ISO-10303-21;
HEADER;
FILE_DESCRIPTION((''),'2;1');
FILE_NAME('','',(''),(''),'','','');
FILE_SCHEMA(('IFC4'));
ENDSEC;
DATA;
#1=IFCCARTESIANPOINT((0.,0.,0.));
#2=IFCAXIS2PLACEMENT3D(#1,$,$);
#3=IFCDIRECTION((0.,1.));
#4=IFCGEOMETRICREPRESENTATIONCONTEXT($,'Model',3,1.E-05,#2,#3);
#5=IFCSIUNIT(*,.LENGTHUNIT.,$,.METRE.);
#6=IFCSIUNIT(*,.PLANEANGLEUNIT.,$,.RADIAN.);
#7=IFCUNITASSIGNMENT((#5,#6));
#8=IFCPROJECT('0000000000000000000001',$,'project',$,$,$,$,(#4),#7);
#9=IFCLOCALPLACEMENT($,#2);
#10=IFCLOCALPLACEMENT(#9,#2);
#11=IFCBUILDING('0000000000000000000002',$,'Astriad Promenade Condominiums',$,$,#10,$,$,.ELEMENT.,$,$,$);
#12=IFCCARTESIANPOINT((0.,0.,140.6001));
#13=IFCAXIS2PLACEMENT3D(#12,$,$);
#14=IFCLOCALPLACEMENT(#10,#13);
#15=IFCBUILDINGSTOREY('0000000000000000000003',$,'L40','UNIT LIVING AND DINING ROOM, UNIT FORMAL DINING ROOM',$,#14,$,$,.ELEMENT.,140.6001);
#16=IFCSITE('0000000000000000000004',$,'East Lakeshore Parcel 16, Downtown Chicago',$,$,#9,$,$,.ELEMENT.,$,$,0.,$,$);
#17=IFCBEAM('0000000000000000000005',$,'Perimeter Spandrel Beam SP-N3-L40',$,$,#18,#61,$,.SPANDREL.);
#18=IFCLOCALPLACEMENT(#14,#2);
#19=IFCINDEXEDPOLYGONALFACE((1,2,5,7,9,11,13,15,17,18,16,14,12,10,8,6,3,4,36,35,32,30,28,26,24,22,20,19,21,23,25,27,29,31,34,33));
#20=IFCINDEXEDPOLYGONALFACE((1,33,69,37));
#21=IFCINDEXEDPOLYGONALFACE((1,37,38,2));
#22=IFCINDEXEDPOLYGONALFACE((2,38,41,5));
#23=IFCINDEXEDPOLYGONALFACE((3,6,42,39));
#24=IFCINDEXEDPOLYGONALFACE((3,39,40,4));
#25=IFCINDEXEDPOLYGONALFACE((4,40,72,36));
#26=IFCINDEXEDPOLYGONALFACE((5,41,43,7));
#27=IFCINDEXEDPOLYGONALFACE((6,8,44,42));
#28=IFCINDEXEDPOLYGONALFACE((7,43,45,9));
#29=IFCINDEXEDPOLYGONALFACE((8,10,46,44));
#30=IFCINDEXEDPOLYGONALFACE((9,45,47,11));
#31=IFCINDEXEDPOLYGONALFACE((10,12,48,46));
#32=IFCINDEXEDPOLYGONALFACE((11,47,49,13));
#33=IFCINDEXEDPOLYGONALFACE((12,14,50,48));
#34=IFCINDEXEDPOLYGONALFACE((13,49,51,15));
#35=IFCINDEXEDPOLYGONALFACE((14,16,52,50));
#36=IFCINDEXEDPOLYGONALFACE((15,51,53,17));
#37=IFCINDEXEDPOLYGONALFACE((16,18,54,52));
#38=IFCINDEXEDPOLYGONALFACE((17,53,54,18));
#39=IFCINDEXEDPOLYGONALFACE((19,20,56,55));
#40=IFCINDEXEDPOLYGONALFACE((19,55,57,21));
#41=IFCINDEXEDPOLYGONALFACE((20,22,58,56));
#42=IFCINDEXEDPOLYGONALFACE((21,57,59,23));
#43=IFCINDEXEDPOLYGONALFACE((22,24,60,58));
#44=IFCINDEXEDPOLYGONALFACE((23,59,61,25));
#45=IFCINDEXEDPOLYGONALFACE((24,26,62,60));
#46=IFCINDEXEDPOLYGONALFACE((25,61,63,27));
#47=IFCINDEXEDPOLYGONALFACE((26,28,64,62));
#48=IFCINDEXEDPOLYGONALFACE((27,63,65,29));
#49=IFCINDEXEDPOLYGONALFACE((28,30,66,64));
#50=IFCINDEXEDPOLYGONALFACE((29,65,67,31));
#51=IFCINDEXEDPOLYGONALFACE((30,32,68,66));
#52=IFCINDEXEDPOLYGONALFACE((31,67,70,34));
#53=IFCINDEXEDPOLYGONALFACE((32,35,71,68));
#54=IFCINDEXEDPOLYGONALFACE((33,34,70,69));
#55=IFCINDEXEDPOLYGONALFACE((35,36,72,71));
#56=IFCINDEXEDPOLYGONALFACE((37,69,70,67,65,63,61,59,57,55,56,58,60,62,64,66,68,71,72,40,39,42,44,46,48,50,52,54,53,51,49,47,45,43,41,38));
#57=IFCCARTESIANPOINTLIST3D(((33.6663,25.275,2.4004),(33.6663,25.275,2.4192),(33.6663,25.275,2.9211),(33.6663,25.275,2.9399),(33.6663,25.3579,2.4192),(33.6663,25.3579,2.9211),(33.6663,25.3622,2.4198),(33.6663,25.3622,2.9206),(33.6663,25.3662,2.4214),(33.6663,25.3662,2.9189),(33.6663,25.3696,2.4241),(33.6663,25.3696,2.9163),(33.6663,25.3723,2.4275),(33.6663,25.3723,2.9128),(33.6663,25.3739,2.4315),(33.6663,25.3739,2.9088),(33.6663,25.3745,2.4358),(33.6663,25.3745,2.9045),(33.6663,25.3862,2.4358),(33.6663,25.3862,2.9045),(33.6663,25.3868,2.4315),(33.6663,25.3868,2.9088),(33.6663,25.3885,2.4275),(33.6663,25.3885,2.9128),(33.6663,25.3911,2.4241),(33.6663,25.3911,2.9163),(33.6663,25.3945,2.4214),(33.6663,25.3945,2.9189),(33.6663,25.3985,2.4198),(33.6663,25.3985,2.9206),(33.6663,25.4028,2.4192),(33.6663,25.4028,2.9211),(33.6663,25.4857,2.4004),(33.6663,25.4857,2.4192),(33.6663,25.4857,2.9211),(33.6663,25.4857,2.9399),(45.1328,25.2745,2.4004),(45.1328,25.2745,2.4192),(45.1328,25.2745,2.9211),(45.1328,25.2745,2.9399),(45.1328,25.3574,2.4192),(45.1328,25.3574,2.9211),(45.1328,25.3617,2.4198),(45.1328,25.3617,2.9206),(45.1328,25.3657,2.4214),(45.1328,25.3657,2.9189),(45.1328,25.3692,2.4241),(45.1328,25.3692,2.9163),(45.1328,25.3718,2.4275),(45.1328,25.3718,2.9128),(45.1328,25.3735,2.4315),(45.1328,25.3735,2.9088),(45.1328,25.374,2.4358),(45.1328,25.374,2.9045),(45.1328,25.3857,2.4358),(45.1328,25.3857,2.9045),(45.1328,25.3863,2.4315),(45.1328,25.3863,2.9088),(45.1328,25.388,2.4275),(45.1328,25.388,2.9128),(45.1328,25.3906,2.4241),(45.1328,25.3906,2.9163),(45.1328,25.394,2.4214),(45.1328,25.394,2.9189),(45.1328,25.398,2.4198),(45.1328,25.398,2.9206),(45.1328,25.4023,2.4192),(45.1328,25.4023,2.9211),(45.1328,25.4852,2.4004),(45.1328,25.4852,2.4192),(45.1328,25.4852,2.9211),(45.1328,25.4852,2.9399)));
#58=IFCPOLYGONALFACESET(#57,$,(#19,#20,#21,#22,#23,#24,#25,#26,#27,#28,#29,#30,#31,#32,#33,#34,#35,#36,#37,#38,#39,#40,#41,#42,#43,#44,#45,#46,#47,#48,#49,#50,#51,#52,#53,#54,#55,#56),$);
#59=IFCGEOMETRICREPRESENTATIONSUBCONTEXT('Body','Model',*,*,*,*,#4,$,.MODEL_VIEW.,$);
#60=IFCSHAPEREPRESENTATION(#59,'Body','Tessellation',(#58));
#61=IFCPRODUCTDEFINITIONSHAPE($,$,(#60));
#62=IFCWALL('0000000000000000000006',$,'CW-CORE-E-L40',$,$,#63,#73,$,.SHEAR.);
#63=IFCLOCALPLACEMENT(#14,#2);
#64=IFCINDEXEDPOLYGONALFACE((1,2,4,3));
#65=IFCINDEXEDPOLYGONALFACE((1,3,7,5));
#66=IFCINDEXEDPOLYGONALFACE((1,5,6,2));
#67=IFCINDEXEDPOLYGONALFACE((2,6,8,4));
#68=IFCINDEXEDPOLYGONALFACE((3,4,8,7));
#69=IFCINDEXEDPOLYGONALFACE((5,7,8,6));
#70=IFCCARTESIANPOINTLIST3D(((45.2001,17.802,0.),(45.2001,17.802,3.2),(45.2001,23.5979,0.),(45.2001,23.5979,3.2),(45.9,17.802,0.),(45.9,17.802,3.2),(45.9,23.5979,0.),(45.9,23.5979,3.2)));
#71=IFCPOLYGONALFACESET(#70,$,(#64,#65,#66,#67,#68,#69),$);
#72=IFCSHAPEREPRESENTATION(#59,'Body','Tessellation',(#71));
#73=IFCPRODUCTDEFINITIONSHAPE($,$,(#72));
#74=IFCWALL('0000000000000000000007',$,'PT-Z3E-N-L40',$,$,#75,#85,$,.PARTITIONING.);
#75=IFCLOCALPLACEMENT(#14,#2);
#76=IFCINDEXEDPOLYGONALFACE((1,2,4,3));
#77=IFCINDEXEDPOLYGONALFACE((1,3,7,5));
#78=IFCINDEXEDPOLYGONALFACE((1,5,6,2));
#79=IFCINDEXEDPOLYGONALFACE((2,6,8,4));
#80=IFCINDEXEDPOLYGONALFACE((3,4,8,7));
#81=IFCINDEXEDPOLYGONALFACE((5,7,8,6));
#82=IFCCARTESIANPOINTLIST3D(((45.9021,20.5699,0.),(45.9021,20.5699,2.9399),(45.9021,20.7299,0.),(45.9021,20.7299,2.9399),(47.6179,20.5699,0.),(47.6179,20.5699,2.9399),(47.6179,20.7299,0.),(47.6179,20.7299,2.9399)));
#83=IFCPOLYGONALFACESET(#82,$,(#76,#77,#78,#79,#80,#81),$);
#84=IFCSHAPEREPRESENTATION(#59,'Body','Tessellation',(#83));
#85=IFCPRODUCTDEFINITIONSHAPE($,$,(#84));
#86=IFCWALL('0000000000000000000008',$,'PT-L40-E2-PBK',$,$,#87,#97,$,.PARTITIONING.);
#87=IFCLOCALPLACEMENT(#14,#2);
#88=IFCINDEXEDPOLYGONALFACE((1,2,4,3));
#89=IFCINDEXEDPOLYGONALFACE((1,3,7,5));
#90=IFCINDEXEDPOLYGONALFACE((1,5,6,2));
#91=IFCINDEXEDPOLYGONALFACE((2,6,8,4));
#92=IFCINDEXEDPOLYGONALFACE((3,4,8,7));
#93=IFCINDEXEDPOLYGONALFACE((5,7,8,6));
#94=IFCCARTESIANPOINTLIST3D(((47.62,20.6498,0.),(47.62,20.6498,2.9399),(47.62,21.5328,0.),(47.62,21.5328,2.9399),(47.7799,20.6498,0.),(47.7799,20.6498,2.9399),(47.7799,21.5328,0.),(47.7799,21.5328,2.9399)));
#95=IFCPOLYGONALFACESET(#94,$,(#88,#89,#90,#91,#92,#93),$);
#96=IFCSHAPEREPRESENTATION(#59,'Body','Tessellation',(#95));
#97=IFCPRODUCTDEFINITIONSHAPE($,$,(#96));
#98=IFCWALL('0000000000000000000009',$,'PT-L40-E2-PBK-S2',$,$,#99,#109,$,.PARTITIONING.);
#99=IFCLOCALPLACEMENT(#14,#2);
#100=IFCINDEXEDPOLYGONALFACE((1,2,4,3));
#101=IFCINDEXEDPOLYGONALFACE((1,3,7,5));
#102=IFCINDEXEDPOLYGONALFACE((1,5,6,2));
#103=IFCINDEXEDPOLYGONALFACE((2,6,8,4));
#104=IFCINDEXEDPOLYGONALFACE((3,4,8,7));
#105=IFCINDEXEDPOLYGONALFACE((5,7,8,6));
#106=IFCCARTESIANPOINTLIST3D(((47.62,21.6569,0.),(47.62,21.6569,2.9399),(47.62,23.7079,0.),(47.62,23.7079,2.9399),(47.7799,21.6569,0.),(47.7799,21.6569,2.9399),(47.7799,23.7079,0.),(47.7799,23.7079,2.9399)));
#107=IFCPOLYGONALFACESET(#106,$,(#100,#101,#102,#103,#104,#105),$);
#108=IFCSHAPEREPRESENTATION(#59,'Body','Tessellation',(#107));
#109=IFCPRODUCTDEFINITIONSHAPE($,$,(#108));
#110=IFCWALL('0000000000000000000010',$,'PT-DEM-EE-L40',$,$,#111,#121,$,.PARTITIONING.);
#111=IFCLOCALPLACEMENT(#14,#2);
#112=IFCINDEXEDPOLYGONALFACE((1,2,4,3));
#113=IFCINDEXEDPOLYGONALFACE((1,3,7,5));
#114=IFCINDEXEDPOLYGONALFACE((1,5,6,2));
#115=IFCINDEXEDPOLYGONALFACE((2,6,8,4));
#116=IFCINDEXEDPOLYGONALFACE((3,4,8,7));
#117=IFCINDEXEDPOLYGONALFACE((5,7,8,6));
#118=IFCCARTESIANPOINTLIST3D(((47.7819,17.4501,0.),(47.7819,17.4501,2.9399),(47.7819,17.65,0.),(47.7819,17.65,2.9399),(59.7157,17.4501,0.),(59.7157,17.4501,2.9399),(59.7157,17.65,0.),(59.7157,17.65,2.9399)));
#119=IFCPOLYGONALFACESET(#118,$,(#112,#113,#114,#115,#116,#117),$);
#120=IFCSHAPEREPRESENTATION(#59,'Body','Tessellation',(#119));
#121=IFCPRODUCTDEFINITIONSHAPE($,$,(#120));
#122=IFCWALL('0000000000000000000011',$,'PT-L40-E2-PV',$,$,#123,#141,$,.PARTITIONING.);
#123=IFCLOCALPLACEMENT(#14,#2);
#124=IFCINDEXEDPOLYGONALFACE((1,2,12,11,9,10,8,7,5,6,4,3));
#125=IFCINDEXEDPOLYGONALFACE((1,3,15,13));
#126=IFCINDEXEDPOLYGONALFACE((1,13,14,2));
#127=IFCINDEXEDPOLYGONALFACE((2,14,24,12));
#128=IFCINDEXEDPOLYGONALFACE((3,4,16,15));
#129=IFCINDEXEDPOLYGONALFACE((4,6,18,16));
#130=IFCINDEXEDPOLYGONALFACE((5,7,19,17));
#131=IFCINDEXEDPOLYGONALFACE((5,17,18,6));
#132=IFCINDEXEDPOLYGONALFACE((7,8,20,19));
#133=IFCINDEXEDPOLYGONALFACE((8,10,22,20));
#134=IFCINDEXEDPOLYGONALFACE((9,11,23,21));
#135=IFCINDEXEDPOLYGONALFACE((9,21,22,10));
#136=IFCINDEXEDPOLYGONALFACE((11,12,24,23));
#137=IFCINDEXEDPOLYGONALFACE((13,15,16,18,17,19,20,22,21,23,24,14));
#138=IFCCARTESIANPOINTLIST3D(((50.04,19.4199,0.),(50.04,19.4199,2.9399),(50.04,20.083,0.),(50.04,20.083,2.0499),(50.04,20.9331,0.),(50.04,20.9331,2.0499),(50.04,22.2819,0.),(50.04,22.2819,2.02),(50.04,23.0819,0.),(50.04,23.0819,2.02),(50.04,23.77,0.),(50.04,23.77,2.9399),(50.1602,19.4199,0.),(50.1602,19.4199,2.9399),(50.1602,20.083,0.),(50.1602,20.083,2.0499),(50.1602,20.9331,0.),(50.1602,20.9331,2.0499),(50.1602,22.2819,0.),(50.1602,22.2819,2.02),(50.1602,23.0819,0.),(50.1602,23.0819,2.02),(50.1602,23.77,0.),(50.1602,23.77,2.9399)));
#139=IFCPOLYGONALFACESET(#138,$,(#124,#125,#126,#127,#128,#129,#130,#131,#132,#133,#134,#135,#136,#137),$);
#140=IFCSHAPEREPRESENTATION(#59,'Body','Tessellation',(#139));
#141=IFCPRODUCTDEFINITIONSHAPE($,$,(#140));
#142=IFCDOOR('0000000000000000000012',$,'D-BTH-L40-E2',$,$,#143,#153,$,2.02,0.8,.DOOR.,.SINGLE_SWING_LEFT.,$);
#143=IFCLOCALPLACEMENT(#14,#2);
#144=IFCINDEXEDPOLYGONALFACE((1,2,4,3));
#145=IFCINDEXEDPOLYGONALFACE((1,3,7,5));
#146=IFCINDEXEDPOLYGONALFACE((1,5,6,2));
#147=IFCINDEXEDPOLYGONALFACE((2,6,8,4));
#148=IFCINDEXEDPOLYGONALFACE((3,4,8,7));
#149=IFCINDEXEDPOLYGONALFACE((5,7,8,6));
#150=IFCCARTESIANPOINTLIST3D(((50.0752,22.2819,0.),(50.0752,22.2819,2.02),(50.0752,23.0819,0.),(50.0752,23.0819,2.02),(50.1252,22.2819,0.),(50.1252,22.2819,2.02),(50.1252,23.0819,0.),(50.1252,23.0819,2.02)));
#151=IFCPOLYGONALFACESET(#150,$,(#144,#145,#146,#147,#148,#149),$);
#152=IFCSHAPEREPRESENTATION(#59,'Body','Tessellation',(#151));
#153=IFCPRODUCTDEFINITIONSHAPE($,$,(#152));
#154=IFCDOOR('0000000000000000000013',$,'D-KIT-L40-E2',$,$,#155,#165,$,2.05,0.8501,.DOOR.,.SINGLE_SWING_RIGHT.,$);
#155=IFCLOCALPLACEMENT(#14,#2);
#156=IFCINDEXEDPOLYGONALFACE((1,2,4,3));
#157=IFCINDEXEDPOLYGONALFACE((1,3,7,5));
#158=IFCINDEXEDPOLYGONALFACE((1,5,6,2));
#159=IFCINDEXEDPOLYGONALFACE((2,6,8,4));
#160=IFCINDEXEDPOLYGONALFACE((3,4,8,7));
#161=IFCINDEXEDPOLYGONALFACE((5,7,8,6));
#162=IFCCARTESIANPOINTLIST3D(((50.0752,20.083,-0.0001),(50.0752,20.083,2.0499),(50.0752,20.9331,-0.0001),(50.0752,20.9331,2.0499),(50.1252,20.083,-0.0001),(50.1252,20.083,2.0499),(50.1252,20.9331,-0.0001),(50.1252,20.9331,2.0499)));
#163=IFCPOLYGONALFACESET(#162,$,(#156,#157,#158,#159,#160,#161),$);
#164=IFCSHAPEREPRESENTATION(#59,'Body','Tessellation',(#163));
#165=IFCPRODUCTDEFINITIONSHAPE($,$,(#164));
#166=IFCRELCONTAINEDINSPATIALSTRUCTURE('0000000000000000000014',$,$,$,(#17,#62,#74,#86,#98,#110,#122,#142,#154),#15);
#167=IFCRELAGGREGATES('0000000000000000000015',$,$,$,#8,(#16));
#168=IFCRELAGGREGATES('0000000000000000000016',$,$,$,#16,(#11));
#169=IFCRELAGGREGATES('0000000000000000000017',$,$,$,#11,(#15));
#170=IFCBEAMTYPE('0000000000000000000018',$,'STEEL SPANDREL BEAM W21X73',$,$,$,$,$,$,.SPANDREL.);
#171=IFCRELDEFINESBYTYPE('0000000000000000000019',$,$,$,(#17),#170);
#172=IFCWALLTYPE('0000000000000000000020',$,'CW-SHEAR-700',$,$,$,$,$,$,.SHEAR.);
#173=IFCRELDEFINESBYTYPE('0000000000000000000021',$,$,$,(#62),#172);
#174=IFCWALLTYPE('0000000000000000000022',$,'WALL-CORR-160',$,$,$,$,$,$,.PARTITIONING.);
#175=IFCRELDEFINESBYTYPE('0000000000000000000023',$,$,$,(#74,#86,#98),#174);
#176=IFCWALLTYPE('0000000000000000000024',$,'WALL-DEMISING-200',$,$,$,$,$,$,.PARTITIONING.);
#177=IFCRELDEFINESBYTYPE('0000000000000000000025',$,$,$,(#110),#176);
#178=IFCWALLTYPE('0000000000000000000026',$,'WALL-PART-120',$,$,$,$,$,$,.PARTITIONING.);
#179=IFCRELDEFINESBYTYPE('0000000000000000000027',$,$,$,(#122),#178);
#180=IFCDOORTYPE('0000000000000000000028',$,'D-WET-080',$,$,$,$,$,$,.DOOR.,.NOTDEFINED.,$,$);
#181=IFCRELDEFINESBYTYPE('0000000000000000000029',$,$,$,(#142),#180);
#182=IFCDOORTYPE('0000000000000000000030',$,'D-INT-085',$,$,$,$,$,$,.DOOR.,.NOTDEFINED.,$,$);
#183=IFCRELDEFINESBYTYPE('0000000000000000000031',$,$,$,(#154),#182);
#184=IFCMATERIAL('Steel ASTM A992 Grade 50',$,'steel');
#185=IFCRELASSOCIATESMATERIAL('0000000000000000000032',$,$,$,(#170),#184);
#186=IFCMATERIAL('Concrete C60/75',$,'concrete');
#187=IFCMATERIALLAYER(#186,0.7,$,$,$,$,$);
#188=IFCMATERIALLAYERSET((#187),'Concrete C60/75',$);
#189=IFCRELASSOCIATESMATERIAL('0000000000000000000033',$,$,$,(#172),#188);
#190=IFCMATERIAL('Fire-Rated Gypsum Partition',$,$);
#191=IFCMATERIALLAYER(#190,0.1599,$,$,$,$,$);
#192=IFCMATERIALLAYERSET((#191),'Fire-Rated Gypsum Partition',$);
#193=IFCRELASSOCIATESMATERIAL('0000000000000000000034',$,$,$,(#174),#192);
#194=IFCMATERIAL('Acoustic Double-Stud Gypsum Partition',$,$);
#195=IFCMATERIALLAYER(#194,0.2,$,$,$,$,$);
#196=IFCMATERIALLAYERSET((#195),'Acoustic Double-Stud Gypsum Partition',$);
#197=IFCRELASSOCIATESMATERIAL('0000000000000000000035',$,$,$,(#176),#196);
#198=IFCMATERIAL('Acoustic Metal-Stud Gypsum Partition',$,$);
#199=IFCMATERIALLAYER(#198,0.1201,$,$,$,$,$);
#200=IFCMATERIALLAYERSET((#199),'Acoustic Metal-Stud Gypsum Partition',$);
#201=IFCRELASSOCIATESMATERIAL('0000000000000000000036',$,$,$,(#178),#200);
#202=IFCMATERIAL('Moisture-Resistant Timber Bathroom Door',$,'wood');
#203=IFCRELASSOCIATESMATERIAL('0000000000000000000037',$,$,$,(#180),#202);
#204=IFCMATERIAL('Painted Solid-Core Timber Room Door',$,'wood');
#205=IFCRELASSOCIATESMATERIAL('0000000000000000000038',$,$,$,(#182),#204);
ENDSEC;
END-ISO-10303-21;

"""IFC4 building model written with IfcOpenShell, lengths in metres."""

from ifc_helpers import new_model, si_unit, direction, frame, frame_2d, origin, origin_2d, place, context, subcontext, project, spatial, rectangle, i_section, extrude, source, transform, mapped, material, layer, layer_set, material_profile, profile_set, type_object, type_shapes, element, fill, save


model = new_model("IFC4")

# Units and contexts
model_context = context("Model", 3, precision=1e-05, world=origin(), true_north=direction((0.0, 1.0)))
body_context = subcontext(model_context, "Body", "Model", "MODEL_VIEW")
ifc_project = project(units=[si_unit("LENGTHUNIT", "METRE"), si_unit("PLANEANGLEUNIT", "RADIAN")], contexts=[model_context])

# Site, building, storey
site_placement = place(None, origin())
site = spatial("IfcSite", under=ifc_project, at=site_placement, Name="East Lakeshore Parcel 16, Downtown Chicago", CompositionType="ELEMENT", RefElevation=0.0)
building_placement = place(site_placement, origin())
building = spatial("IfcBuilding", under=site, at=building_placement, Name="Astriad Promenade Condominiums", CompositionType="ELEMENT")
storey_placement = place(building_placement, frame((0.0, 0.0, 140.6001)))
storey = spatial("IfcBuildingStorey", under=building, at=storey_placement, Name="L40", Description="UNIT LIVING AND DINING ROOM, UNIT FORMAL DINING ROOM", CompositionType="ELEMENT", Elevation=140.6001)

# Shared definitions
ifc_material_1 = material(Name="Steel ASTM A992 Grade 50", Category="steel")
ifc_material_2 = material(Name="Concrete C60/75", Category="concrete")

# Beam
ifc_material_profile_1 = material_profile(ifc_material_1, i_section(OverallWidth=0.2107, OverallDepth=0.5396, WebThickness=0.0117, FlangeThickness=0.0188, FilletRadius=0.0166, at=origin_2d()), Name="W21X73")
ifc_profile_set_1 = profile_set([ifc_material_profile_1], Name="Steel ASTM A992 Grade 50")
beam_type_1 = type_object("IfcBeamType", Name="STEEL SPANDREL BEAM W21X73", PredefinedType="SPANDREL", material=ifc_profile_set_1)
shared_shape_1 = source(origin(), body_context, "Body", "SweptSolid", [
    extrude(i_section(OverallWidth=0.2107, OverallDepth=0.5396, WebThickness=0.0117, FlangeThickness=0.0188, FilletRadius=0.0166, at=origin_2d()), origin(), (0.0, 0.0, 1.0), 11.4666),
])
type_shapes(beam_type_1, [shared_shape_1])
beam_1_placement = place(storey_placement, frame((45.1328, 25.3799, 2.6702), z_axis=(-1.0, 0.000043, 0.0), x_axis=(-0.000043, -1.0, 0.0)))
element("IfcBeam", 1, at=beam_1_placement, inside=storey, type_object=beam_type_1, Name="Perimeter Spandrel Beam SP-N3-L40", PredefinedType="SPANDREL", context=body_context, shape_type="MappedRepresentation", body=[
    mapped(shared_shape_1, transform((0.0, 0.0, 0.0), scale=1.0)),
])

# Walls
ifc_layer_1 = layer(ifc_material_2, 0.7)
ifc_layer_set_1 = layer_set([ifc_layer_1], Name="Concrete C60/75")
wall_type_1 = type_object("IfcWallType", Name="CW-SHEAR-700", PredefinedType="SHEAR", material=ifc_layer_set_1)
wall_1_placement = place(storey_placement, frame((45.55, 17.802, 0.0), z_axis=(0.0, 0.0, 1.0), x_axis=(0.0, 1.0, 0.0)))
element("IfcWall", 2, at=wall_1_placement, inside=storey, type_object=wall_type_1, Name="CW-CORE-E-L40", PredefinedType="SHEAR", context=body_context, shape_type="SweptSolid", body=[
    extrude(rectangle(XDim=5.7959, YDim=0.7, at=frame_2d((2.8979, 0.0))), origin(), (0.0, 0.0, 1.0), 3.2),
])
ifc_material_3 = material(Name="Fire-Rated Gypsum Partition")
ifc_layer_2 = layer(ifc_material_3, 0.1599)
ifc_layer_set_2 = layer_set([ifc_layer_2], Name="Fire-Rated Gypsum Partition")
wall_type_2 = type_object("IfcWallType", Name="WALL-CORR-160", PredefinedType="PARTITIONING", material=ifc_layer_set_2)
wall_2_placement = place(storey_placement, frame((45.9021, 20.6499, 0.0), z_axis=(0.0, 0.0, 1.0), x_axis=(1.0, 0.0, 0.0)))
element("IfcWall", 3, at=wall_2_placement, inside=storey, type_object=wall_type_2, Name="PT-Z3E-N-L40", PredefinedType="PARTITIONING", context=body_context, shape_type="SweptSolid", body=[
    extrude(rectangle(XDim=1.7158, YDim=0.1599, at=frame_2d((0.8579, 0.0))), origin(), (0.0, 0.0, 1.0), 2.9399),
])
wall_3_placement = place(storey_placement, frame((47.7, 20.6499, 0.0), z_axis=(0.0, 0.0, 1.0), x_axis=(0.0, 1.0, 0.0)))
element("IfcWall", 4, at=wall_3_placement, inside=storey, type_object=wall_type_2, Name="PT-L40-E2-PBK", PredefinedType="PARTITIONING", context=body_context, shape_type="SweptSolid", body=[
    extrude(rectangle(XDim=0.8831, YDim=0.1599, at=frame_2d((0.4414, 0.0))), origin(), (0.0, 0.0, 1.0), 2.9399),
])
wall_4_placement = place(storey_placement, frame((47.7, 21.657, 0.0), z_axis=(0.0, 0.0, 1.0), x_axis=(0.0, 1.0, 0.0)))
element("IfcWall", 5, at=wall_4_placement, inside=storey, type_object=wall_type_2, Name="PT-L40-E2-PBK-S2", PredefinedType="PARTITIONING", context=body_context, shape_type="SweptSolid", body=[
    extrude(rectangle(XDim=2.051, YDim=0.1599, at=frame_2d((1.0254, 0.0))), origin(), (0.0, 0.0, 1.0), 2.9399),
])
ifc_material_4 = material(Name="Acoustic Double-Stud Gypsum Partition")
ifc_layer_3 = layer(ifc_material_4, 0.2)
ifc_layer_set_3 = layer_set([ifc_layer_3], Name="Acoustic Double-Stud Gypsum Partition")
wall_type_3 = type_object("IfcWallType", Name="WALL-DEMISING-200", PredefinedType="PARTITIONING", material=ifc_layer_set_3)
wall_5_placement = place(storey_placement, frame((47.782, 17.55, 0.0), z_axis=(0.0, 0.0, 1.0), x_axis=(1.0, 0.0, 0.0)))
element("IfcWall", 6, at=wall_5_placement, inside=storey, type_object=wall_type_3, Name="PT-DEM-EE-L40", PredefinedType="PARTITIONING", context=body_context, shape_type="SweptSolid", body=[
    extrude(rectangle(XDim=11.9338, YDim=0.2, at=frame_2d((5.9668, 0.0))), origin(), (0.0, 0.0, 1.0), 2.9399),
])

# Wall, openings, doors
ifc_material_5 = material(Name="Acoustic Metal-Stud Gypsum Partition")
ifc_layer_4 = layer(ifc_material_5, 0.1201)
ifc_layer_set_4 = layer_set([ifc_layer_4], Name="Acoustic Metal-Stud Gypsum Partition")
wall_type_4 = type_object("IfcWallType", Name="WALL-PART-120", PredefinedType="PARTITIONING", material=ifc_layer_set_4)
wall_6_placement = place(storey_placement, frame((50.1001, 19.4199, 0.0), z_axis=(0.0, 0.0, 1.0), x_axis=(0.0, 1.0, 0.0)))
wall_6 = element("IfcWall", 7, at=wall_6_placement, inside=storey, type_object=wall_type_4, Name="PT-L40-E2-PV", PredefinedType="PARTITIONING", context=body_context, shape_type="SweptSolid", body=[
    extrude(rectangle(XDim=4.3501, YDim=0.1201, at=frame_2d((2.175, 0.0))), origin(), (0.0, 0.0, 1.0), 2.9399),
])
opening_1_placement = place(wall_6_placement, frame((0.6631, 0.0, 0.0)))
opening_1 = element("IfcOpeningElement", 8, at=opening_1_placement, cuts=wall_6, PredefinedType="OPENING", context=body_context, shape_type="SweptSolid", body=[
    extrude(rectangle(XDim=0.8501, YDim=2.05, at=frame_2d((0.425, 1.0249))), frame((0.0, 0.0701, 0.0), z_axis=(0.0, -1.0, 0.0), x_axis=(1.0, 0.0, 0.0)), (0.0, 0.0, 1.0), 0.1401),
])
opening_2_placement = place(wall_6_placement, frame((2.8621, 0.0, 0.0)))
opening_2 = element("IfcOpeningElement", 9, at=opening_2_placement, cuts=wall_6, PredefinedType="OPENING", context=body_context, shape_type="SweptSolid", body=[
    extrude(rectangle(XDim=0.8, YDim=2.02, at=frame_2d((0.3999, 1.01))), frame((0.0, 0.0701, 0.0), z_axis=(0.0, -1.0, 0.0), x_axis=(1.0, 0.0, 0.0)), (0.0, 0.0, 1.0), 0.1401),
])
ifc_material_6 = material(Name="Moisture-Resistant Timber Bathroom Door", Category="wood")
door_type_1 = type_object("IfcDoorType", Name="D-WET-080", OperationType="NOTDEFINED", PredefinedType="DOOR", material=ifc_material_6)
shared_shape_2 = source(origin(), body_context, "Body", "SweptSolid", [
    extrude(rectangle(XDim=0.8, YDim=2.02, at=frame_2d((0.3999, 1.01))), frame((0.0, 0.0249, 0.0), z_axis=(0.0, -1.0, 0.0), x_axis=(1.0, 0.0, 0.0)), (0.0, 0.0, 1.0), 0.05),
])
type_shapes(door_type_1, [shared_shape_2])
door_1_placement = place(opening_2_placement, origin())
door_1 = element("IfcDoor", 10, at=door_1_placement, inside=storey, type_object=door_type_1, Name="D-BTH-L40-E2", OperationType="SINGLE_SWING_LEFT", OverallHeight=2.02, OverallWidth=0.8, PredefinedType="DOOR", context=body_context, shape_type="MappedRepresentation", body=[
    mapped(shared_shape_2, transform((0.0, 0.0, 0.0), scale=1.0)),
])
fill(opening_2, door_1)
ifc_material_7 = material(Name="Painted Solid-Core Timber Room Door", Category="wood")
door_type_2 = type_object("IfcDoorType", Name="D-INT-085", OperationType="NOTDEFINED", PredefinedType="DOOR", material=ifc_material_7)
shared_shape_3 = source(origin(), body_context, "Body", "SweptSolid", [
    extrude(rectangle(XDim=0.8501, YDim=2.05, at=frame_2d((0.425, 1.0249))), frame((0.0, 0.0249, 0.0), z_axis=(0.0, -1.0, 0.0), x_axis=(1.0, 0.0, 0.0)), (0.0, 0.0, 1.0), 0.05),
])
type_shapes(door_type_2, [shared_shape_3])
door_2_placement = place(opening_1_placement, origin())
door_2 = element("IfcDoor", 11, at=door_2_placement, inside=storey, type_object=door_type_2, Name="D-KIT-L40-E2", OperationType="SINGLE_SWING_RIGHT", OverallHeight=2.05, OverallWidth=0.8501, PredefinedType="DOOR", context=body_context, shape_type="MappedRepresentation", body=[
    mapped(shared_shape_3, transform((0.0, 0.0, 0.0), scale=1.0)),
])
fill(opening_1, door_2)

save(model, "model.ifc")
